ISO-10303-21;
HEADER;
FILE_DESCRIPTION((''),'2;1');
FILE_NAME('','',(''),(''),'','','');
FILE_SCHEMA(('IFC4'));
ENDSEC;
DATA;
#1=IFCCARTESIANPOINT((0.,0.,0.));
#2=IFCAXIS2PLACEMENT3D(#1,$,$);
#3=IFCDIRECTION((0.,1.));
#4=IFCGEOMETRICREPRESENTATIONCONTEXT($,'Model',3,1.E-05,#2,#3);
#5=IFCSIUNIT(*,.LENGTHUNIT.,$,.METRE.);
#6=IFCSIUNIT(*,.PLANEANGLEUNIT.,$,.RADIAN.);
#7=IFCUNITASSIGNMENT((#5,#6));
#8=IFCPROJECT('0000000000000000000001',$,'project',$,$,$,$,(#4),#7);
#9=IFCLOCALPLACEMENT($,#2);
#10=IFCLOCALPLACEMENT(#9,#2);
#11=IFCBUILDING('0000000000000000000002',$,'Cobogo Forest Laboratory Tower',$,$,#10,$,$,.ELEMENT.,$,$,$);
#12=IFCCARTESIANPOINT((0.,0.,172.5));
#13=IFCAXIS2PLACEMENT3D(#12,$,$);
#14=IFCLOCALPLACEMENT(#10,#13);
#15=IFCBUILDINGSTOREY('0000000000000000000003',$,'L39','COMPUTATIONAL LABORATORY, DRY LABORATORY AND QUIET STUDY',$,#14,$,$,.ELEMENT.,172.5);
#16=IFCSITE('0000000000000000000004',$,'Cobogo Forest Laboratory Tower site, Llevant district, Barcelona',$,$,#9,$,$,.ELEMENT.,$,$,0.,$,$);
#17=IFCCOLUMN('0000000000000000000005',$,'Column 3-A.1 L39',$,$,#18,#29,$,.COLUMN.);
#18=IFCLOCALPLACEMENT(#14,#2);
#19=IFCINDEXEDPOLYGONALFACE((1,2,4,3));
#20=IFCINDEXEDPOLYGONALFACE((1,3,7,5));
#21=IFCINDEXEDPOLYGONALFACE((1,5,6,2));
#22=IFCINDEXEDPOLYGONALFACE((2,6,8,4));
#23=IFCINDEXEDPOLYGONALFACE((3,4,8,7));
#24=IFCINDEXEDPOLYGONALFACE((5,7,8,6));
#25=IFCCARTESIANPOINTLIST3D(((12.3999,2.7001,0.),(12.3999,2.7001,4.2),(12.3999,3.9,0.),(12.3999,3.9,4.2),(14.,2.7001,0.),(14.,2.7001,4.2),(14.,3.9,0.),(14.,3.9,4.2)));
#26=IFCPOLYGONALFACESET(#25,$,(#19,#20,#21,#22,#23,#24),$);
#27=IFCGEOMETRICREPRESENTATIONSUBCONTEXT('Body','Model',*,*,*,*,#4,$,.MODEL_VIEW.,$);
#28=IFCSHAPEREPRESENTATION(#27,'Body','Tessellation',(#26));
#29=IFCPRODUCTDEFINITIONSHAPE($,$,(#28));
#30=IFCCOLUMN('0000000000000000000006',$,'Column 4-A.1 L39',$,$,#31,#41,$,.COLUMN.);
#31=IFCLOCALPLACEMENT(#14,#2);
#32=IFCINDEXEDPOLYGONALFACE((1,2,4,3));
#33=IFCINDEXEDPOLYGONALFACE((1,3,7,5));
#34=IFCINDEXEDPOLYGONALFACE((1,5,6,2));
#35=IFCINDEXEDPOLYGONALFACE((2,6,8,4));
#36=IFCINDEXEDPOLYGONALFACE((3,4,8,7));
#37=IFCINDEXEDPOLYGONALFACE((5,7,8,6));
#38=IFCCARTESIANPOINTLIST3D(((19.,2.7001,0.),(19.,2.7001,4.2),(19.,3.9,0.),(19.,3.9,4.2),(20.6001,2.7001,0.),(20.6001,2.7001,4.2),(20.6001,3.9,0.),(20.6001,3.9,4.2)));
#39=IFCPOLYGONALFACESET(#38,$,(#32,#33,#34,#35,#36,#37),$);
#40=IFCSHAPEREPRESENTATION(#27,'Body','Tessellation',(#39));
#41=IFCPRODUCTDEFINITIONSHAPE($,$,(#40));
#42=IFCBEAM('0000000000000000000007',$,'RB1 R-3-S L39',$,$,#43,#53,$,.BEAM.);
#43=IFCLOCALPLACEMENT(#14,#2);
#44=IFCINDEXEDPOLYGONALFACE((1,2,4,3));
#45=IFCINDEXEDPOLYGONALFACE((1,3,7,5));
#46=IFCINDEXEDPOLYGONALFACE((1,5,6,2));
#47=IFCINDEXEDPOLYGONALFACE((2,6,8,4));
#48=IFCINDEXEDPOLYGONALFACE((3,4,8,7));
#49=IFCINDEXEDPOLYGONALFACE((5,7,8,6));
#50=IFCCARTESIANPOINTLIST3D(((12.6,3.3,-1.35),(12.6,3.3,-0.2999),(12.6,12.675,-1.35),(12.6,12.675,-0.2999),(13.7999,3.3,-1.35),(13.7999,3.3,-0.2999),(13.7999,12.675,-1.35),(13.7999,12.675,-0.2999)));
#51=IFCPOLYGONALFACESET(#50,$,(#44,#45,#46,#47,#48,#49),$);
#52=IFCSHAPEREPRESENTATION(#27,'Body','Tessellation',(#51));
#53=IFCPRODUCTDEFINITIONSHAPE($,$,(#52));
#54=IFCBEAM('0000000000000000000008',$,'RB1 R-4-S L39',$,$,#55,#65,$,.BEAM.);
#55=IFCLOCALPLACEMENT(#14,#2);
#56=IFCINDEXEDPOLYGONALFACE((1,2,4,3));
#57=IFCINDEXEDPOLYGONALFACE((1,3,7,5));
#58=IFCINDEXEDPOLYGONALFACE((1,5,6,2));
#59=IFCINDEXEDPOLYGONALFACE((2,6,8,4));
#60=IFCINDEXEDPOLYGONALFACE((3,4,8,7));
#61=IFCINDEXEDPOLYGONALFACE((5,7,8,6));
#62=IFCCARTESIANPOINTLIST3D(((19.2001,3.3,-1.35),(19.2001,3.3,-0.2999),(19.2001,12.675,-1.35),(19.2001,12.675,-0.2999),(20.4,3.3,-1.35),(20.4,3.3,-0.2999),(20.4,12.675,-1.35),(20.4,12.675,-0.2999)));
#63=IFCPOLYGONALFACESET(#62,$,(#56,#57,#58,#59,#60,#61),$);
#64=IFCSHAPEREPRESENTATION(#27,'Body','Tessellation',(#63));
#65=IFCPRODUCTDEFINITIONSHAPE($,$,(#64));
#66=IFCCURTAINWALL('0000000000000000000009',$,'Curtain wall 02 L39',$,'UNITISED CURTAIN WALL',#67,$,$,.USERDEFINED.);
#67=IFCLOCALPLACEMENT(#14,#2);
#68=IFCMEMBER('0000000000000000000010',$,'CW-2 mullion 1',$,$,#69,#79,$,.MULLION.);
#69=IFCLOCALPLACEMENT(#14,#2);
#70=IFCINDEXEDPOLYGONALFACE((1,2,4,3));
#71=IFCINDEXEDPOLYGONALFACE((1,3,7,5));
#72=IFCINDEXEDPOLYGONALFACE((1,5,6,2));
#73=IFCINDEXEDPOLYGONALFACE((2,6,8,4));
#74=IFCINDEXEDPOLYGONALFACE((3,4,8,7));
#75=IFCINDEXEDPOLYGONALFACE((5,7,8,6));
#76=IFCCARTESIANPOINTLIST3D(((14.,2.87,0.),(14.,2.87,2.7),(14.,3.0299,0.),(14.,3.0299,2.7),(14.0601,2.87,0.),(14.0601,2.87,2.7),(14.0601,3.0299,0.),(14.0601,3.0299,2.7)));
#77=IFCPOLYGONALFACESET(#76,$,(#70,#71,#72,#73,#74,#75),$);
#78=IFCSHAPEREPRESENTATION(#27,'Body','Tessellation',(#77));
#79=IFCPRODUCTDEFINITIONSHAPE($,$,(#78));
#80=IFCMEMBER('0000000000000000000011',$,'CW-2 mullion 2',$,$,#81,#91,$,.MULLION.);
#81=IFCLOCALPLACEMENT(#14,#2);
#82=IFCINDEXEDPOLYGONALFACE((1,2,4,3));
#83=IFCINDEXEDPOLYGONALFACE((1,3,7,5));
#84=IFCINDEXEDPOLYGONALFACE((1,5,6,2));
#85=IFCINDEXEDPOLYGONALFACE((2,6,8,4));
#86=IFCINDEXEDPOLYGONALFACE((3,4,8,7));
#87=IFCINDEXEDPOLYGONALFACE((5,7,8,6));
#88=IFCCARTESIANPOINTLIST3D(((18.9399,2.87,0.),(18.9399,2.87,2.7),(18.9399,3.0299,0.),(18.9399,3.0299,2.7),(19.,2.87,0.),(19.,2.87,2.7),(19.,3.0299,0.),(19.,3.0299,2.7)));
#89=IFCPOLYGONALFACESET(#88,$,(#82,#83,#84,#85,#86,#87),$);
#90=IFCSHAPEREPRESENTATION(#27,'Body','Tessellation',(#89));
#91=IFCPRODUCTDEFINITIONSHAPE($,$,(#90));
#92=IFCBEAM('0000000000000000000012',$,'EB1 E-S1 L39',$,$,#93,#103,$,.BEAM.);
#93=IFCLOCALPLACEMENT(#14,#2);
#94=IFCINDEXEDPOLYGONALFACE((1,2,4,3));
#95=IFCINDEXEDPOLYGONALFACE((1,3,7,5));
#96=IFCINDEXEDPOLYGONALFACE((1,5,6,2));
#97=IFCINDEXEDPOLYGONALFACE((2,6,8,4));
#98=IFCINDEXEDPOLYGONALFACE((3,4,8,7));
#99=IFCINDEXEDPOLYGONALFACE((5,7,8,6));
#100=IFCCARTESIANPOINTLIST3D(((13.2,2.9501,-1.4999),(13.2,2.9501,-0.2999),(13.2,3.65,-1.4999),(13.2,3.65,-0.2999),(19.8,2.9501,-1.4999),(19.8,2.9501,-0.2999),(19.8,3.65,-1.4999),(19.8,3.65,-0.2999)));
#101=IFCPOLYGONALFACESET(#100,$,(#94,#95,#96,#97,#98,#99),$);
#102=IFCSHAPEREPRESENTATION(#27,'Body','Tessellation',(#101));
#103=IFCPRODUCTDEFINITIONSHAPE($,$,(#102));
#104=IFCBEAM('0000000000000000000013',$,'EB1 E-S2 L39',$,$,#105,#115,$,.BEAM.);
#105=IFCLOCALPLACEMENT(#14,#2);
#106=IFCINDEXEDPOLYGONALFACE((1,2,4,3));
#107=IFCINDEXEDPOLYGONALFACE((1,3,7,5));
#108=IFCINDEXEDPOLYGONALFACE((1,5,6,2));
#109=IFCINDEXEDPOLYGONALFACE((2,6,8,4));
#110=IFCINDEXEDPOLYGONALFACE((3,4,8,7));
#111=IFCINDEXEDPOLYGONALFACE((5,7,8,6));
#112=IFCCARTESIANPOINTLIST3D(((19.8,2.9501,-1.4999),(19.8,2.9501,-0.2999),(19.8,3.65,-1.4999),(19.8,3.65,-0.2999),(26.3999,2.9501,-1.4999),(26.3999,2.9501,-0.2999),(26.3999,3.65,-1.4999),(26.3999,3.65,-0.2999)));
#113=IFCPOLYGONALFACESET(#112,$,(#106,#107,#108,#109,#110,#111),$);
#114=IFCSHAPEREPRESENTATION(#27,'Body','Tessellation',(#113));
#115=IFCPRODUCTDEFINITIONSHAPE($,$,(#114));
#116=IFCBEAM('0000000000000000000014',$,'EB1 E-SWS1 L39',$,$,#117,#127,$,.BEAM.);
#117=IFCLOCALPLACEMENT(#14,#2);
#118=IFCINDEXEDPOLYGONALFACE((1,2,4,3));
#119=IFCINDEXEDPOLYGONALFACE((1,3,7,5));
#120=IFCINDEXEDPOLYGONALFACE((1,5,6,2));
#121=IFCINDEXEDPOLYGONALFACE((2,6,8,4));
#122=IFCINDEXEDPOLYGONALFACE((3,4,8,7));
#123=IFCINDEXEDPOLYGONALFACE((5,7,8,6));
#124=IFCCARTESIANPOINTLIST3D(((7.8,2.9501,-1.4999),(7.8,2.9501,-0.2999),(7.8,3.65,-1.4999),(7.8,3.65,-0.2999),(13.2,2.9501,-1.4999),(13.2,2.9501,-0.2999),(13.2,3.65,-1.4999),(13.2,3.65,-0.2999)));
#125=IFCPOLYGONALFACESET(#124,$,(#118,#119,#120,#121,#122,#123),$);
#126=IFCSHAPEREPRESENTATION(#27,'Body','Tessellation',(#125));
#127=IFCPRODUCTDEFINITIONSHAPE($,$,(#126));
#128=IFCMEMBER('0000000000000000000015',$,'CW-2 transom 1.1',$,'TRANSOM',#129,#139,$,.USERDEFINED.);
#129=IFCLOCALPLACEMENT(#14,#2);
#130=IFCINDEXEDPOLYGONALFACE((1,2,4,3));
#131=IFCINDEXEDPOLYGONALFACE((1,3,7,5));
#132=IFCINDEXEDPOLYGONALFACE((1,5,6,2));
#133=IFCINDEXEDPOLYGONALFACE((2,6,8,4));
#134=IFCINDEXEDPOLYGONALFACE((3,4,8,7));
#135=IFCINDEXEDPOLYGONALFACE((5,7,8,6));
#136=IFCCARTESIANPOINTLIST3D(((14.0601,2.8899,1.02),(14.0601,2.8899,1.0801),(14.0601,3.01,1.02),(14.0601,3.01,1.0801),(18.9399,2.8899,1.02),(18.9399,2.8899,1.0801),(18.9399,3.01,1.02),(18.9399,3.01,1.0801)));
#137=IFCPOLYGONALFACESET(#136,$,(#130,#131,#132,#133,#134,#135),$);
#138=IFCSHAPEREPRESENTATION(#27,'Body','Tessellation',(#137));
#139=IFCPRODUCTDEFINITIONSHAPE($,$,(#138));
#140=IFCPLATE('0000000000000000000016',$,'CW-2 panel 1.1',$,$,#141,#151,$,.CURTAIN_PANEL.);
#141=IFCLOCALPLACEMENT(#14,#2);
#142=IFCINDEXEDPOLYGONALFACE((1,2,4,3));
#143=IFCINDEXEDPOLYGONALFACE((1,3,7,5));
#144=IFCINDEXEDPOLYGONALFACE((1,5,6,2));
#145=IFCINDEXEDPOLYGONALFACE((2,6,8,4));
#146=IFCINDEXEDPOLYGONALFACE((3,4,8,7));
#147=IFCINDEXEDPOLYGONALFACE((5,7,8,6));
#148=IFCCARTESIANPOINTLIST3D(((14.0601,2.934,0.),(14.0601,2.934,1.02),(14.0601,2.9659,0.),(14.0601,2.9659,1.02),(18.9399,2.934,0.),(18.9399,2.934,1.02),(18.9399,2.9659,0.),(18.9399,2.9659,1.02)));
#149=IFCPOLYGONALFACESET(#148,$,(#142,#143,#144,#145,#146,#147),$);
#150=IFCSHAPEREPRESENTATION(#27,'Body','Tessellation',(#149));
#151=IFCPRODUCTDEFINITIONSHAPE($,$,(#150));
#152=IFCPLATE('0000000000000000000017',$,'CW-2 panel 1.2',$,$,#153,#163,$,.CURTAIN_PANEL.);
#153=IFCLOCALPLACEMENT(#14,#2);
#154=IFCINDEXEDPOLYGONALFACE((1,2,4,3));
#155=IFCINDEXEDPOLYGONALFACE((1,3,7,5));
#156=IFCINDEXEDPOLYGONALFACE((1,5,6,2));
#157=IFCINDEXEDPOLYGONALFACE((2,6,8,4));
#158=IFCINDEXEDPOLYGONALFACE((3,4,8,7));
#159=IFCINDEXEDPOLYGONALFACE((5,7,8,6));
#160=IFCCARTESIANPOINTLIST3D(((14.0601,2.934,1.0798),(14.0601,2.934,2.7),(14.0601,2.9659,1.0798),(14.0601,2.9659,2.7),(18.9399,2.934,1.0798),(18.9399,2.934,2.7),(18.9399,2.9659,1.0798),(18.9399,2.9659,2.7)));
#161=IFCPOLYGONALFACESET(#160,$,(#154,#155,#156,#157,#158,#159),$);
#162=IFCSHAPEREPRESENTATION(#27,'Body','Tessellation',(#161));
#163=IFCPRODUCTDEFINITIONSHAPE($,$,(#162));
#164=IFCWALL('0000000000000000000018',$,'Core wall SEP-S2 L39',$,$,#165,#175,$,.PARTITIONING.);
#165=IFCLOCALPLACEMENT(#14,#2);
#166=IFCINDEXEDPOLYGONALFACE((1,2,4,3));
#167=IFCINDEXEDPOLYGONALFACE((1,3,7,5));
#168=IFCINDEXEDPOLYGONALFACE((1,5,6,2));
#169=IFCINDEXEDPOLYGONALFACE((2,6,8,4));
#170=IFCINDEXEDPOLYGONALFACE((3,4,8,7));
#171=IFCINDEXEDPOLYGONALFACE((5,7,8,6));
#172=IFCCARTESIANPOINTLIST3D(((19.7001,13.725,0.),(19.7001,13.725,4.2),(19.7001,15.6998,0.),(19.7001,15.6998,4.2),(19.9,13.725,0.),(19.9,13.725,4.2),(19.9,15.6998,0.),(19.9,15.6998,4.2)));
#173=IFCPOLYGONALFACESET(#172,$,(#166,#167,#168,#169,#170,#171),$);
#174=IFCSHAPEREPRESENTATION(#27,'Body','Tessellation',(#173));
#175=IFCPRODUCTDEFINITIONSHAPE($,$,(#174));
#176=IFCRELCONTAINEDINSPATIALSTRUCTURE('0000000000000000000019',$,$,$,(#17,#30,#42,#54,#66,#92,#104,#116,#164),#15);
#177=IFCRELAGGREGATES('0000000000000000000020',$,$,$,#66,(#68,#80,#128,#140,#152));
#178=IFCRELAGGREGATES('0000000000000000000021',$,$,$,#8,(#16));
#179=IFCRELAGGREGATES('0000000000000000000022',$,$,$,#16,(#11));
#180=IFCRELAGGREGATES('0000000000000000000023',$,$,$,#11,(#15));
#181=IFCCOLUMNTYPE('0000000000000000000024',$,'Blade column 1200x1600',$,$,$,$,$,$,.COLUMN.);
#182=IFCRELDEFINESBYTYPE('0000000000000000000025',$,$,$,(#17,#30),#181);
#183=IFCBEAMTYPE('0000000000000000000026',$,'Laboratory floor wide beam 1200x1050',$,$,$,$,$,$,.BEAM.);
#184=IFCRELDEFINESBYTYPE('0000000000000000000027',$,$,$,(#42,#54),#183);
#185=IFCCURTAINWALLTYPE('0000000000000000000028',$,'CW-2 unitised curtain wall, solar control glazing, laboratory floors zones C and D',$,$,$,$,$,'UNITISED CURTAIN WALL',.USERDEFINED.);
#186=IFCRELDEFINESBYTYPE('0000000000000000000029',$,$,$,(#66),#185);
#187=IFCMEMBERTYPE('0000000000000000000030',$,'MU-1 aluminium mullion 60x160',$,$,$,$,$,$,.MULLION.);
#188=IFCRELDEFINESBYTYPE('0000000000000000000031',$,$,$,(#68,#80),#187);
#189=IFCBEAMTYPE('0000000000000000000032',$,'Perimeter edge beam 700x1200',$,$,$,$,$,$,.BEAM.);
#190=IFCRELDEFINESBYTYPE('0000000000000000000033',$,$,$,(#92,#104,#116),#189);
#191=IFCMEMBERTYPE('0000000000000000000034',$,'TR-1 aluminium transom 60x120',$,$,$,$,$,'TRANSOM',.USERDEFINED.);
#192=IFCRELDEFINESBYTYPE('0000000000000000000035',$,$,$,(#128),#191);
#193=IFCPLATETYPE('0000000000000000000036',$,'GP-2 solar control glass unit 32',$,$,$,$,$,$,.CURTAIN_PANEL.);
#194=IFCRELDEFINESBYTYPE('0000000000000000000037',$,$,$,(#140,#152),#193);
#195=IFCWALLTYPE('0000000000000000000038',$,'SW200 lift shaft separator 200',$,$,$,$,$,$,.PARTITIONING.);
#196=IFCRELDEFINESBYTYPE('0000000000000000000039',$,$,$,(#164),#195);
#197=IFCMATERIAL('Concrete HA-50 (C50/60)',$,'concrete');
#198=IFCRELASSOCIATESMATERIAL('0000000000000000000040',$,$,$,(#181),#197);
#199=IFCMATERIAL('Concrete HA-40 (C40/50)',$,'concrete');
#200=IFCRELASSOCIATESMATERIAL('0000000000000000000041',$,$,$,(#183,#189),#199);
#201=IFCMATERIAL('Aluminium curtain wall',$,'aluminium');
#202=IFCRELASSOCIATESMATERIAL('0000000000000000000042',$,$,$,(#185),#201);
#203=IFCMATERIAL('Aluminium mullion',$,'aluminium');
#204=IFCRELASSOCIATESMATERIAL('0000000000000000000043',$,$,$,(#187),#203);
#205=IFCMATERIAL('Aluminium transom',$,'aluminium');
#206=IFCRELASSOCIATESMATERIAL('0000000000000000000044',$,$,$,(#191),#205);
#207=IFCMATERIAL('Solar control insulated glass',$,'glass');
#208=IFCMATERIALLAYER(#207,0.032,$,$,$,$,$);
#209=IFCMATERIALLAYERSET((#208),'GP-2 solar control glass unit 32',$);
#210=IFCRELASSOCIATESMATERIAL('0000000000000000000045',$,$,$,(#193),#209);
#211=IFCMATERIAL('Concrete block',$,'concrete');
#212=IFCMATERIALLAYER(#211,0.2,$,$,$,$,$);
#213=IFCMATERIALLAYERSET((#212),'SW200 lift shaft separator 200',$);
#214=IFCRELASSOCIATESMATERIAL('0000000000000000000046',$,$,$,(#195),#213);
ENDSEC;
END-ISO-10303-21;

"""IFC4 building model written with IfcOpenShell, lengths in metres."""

from ifc_helpers import new_model, si_unit, direction, frame, frame_2d, origin, origin_2d, place, context, subcontext, project, spatial, rectangle, extrude, material, layer, layer_set, material_profile, profile_set, type_object, element, aggregate, save


model = new_model("IFC4")

# Units and contexts
model_context = context("Model", 3, precision=1e-05, world=origin(), true_north=direction((0.0, 1.0)))
body_context = subcontext(model_context, "Body", "Model", "MODEL_VIEW")
ifc_project = project(units=[si_unit("LENGTHUNIT", "METRE"), si_unit("PLANEANGLEUNIT", "RADIAN")], contexts=[model_context])

# Site, building, storey
site_placement = place(None, origin())
site = spatial("IfcSite", under=ifc_project, at=site_placement, Name="Cobogo Forest Laboratory Tower site, Llevant district, Barcelona", CompositionType="ELEMENT", RefElevation=0.0)
building_placement = place(site_placement, origin())
building = spatial("IfcBuilding", under=site, at=building_placement, Name="Cobogo Forest Laboratory Tower", CompositionType="ELEMENT")
storey_placement = place(building_placement, frame((0.0, 0.0, 172.5)))
storey = spatial("IfcBuildingStorey", under=building, at=storey_placement, Name="L39", Description="COMPUTATIONAL LABORATORY, DRY LABORATORY AND QUIET STUDY", CompositionType="ELEMENT", Elevation=172.5)

# Columns
ifc_material_1 = material(Name="Concrete HA-50 (C50/60)", Category="concrete")
ifc_material_profile_1 = material_profile(ifc_material_1, rectangle(XDim=1.6001, YDim=1.2, at=origin_2d()), Name="RC 1200x1600")
ifc_profile_set_1 = profile_set([ifc_material_profile_1], Name="Concrete HA-50 (C50/60)")
column_type = type_object("IfcColumnType", Name="Blade column 1200x1600", PredefinedType="COLUMN", material=ifc_profile_set_1)
for number, where, z_axis, x_axis, name in (
    (1, (13.2, 3.3, 0.0), (0.0, 0.0, 1.0), (1.0, 0.0, 0.0), "Column 3-A.1 L39"),
    (2, (19.8, 3.3, 0.0), (0.0, 0.0, 1.0), (1.0, 0.0, 0.0), "Column 4-A.1 L39"),
):
    element("IfcColumn", number, at=place(storey_placement, frame(where, z_axis=z_axis, x_axis=x_axis)), inside=storey, type_object=column_type, Name=name, PredefinedType="COLUMN", context=body_context, shape_type="SweptSolid", body=[
        extrude(rectangle(XDim=1.6001, YDim=1.2, at=origin_2d()), origin(), (0.0, 0.0, 1.0), 4.2),
    ])

# Beams
ifc_material_2 = material(Name="Concrete HA-40 (C40/50)", Category="concrete")
ifc_material_profile_2 = material_profile(ifc_material_2, rectangle(XDim=1.2, YDim=1.05, at=origin_2d()), Name="RC 1200x1050")
ifc_profile_set_2 = profile_set([ifc_material_profile_2], Name="Concrete HA-40 (C40/50)")
beam_type_1 = type_object("IfcBeamType", Name="Laboratory floor wide beam 1200x1050", PredefinedType="BEAM", material=ifc_profile_set_2)
for number, where, z_axis, x_axis, name in (
    (3, (13.2, 12.675, -0.825), (0.0, -1.0, 0.0), (1.0, 0.0, 0.0), "RB1 R-3-S L39"),
    (4, (19.8, 12.675, -0.825), (0.0, -1.0, 0.0), (1.0, 0.0, 0.0), "RB1 R-4-S L39"),
):
    element("IfcBeam", number, at=place(storey_placement, frame(where, z_axis=z_axis, x_axis=x_axis)), inside=storey, type_object=beam_type_1, Name=name, PredefinedType="BEAM", context=body_context, shape_type="SweptSolid", body=[
        extrude(rectangle(XDim=1.2, YDim=1.05, at=origin_2d()), origin(), (0.0, 0.0, 1.0), 9.375),
    ])

# Curtain wall, members
ifc_material_3 = material(Name="Aluminium curtain wall", Category="aluminium")
curtain_wall_type = type_object("IfcCurtainWallType", Name="CW-2 unitised curtain wall, solar control glazing, laboratory floors zones C and D", ElementType="UNITISED CURTAIN WALL", PredefinedType="USERDEFINED", material=ifc_material_3)
curtain_wall_placement = place(storey_placement, origin())
curtain_wall = element("IfcCurtainWall", 5, at=curtain_wall_placement, inside=storey, type_object=curtain_wall_type, Name="Curtain wall 02 L39", ObjectType="UNITISED CURTAIN WALL", PredefinedType="USERDEFINED")
ifc_material_4 = material(Name="Aluminium mullion", Category="aluminium")
ifc_material_profile_3 = material_profile(ifc_material_4, rectangle(XDim=0.0601, YDim=0.1599, at=origin_2d()), Name="AL 60x160")
ifc_profile_set_3 = profile_set([ifc_material_profile_3], Name="Aluminium mullion")
member_type_1 = type_object("IfcMemberType", Name="MU-1 aluminium mullion 60x160", PredefinedType="MULLION", material=ifc_profile_set_3)
member_1_placement = place(storey_placement, frame((14.03, 2.95, 0.0), z_axis=(0.0, 0.0, 1.0), x_axis=(1.0, 0.0, 0.0)))
member_1 = element("IfcMember", 6, at=member_1_placement, type_object=member_type_1, Name="CW-2 mullion 1", PredefinedType="MULLION", context=body_context, shape_type="SweptSolid", body=[
    extrude(rectangle(XDim=0.0601, YDim=0.1599, at=origin_2d()), origin(), (0.0, 0.0, 1.0), 2.7),
])
member_2_placement = place(storey_placement, frame((18.97, 2.95, 0.0), z_axis=(0.0, 0.0, 1.0), x_axis=(1.0, 0.0, 0.0)))
member_2 = element("IfcMember", 7, at=member_2_placement, type_object=member_type_1, Name="CW-2 mullion 2", PredefinedType="MULLION", context=body_context, shape_type="SweptSolid", body=[
    extrude(rectangle(XDim=0.0601, YDim=0.1599, at=origin_2d()), origin(), (0.0, 0.0, 1.0), 2.7),
])

# Beams
ifc_material_profile_4 = material_profile(ifc_material_2, rectangle(XDim=0.7, YDim=1.2, at=origin_2d()), Name="RC 700x1200")
ifc_profile_set_4 = profile_set([ifc_material_profile_4], Name="Concrete HA-40 (C40/50)")
beam_type_2 = type_object("IfcBeamType", Name="Perimeter edge beam 700x1200", PredefinedType="BEAM", material=ifc_profile_set_4)
beam_1_placement = place(storey_placement, frame((13.2, 3.3, -0.8999), z_axis=(1.0, 0.0, 0.0), x_axis=(0.0, 1.0, 0.0)))
element("IfcBeam", 8, at=beam_1_placement, inside=storey, type_object=beam_type_2, Name="EB1 E-S1 L39", PredefinedType="BEAM", context=body_context, shape_type="SweptSolid", body=[
    extrude(rectangle(XDim=0.7, YDim=1.2, at=origin_2d()), origin(), (0.0, 0.0, 1.0), 6.6001),
])
beam_2_placement = place(storey_placement, frame((19.8, 3.3, -0.8999), z_axis=(1.0, 0.0, 0.0), x_axis=(0.0, 1.0, 0.0)))
element("IfcBeam", 9, at=beam_2_placement, inside=storey, type_object=beam_type_2, Name="EB1 E-S2 L39", PredefinedType="BEAM", context=body_context, shape_type="SweptSolid", body=[
    extrude(rectangle(XDim=0.7, YDim=1.2, at=origin_2d()), origin(), (0.0, 0.0, 1.0), 6.5999),
])
beam_3_placement = place(storey_placement, frame((13.2, 3.3, -0.8999), z_axis=(-1.0, 0.0, 0.0), x_axis=(0.0, -1.0, 0.0)))
element("IfcBeam", 10, at=beam_3_placement, inside=storey, type_object=beam_type_2, Name="EB1 E-SWS1 L39", PredefinedType="BEAM", context=body_context, shape_type="SweptSolid", body=[
    extrude(rectangle(XDim=0.7, YDim=1.2, at=origin_2d()), origin(), (0.0, 0.0, 1.0), 5.3999),
])

# Member
ifc_material_5 = material(Name="Aluminium transom", Category="aluminium")
ifc_material_profile_5 = material_profile(ifc_material_5, rectangle(XDim=0.1201, YDim=0.0601, at=origin_2d()), Name="AL 60x120")
ifc_profile_set_5 = profile_set([ifc_material_profile_5], Name="Aluminium transom")
member_type_2 = type_object("IfcMemberType", Name="TR-1 aluminium transom 60x120", ElementType="TRANSOM", PredefinedType="USERDEFINED", material=ifc_profile_set_5)
member_3_placement = place(storey_placement, frame((14.0601, 2.95, 1.05), z_axis=(1.0, 0.0, 0.0), x_axis=(0.0, 1.0, 0.0)))
member_3 = element("IfcMember", 11, at=member_3_placement, type_object=member_type_2, Name="CW-2 transom 1.1", ObjectType="TRANSOM", PredefinedType="USERDEFINED", context=body_context, shape_type="SweptSolid", body=[
    extrude(rectangle(XDim=0.1201, YDim=0.0601, at=origin_2d()), origin(), (0.0, 0.0, 1.0), 4.8799),
])

# Plates
ifc_material_6 = material(Name="Solar control insulated glass", Category="glass")
ifc_layer_1 = layer(ifc_material_6, 0.032)
ifc_layer_set_1 = layer_set([ifc_layer_1], Name="GP-2 solar control glass unit 32")
plate_type_1 = type_object("IfcPlateType", Name="GP-2 solar control glass unit 32", PredefinedType="CURTAIN_PANEL", material=ifc_layer_set_1)
plate_1_placement = place(storey_placement, frame((16.5, 2.95, 0.0), z_axis=(0.0, 0.0, 1.0), x_axis=(1.0, 0.0, 0.0)))
plate_1 = element("IfcPlate", 12, at=plate_1_placement, type_object=plate_type_1, Name="CW-2 panel 1.1", PredefinedType="CURTAIN_PANEL", context=body_context, shape_type="SweptSolid", body=[
    extrude(rectangle(XDim=4.8799, YDim=0.032, at=origin_2d()), origin(), (0.0, 0.0, 1.0), 1.02),
])
plate_2_placement = place(storey_placement, frame((16.5, 2.95, 1.0798), z_axis=(0.0, 0.0, 1.0), x_axis=(1.0, 0.0, 0.0)))
plate_2 = element("IfcPlate", 13, at=plate_2_placement, type_object=plate_type_1, Name="CW-2 panel 1.2", PredefinedType="CURTAIN_PANEL", context=body_context, shape_type="SweptSolid", body=[
    extrude(rectangle(XDim=4.8799, YDim=0.032, at=origin_2d()), origin(), (0.0, 0.0, 1.0), 1.6201),
])
aggregate(curtain_wall, [member_1, member_2, member_3, plate_1, plate_2])

# Wall
ifc_material_7 = material(Name="Concrete block", Category="concrete")
ifc_layer_2 = layer(ifc_material_7, 0.2)
ifc_layer_set_2 = layer_set([ifc_layer_2], Name="SW200 lift shaft separator 200")
wall_type = type_object("IfcWallType", Name="SW200 lift shaft separator 200", PredefinedType="PARTITIONING", material=ifc_layer_set_2)
wall_placement = place(storey_placement, frame((19.8, 13.7251, 0.0), z_axis=(0.0, 0.0, 1.0), x_axis=(0.0, 1.0, 0.0)))
element("IfcWall", 14, at=wall_placement, inside=storey, type_object=wall_type, Name="Core wall SEP-S2 L39", PredefinedType="PARTITIONING", context=body_context, shape_type="SweptSolid", body=[
    extrude(rectangle(XDim=1.9749, YDim=0.2, at=frame_2d((0.9873, 0.0))), origin(), (0.0, 0.0, 1.0), 4.2),
])

save(model, "model.ifc")
